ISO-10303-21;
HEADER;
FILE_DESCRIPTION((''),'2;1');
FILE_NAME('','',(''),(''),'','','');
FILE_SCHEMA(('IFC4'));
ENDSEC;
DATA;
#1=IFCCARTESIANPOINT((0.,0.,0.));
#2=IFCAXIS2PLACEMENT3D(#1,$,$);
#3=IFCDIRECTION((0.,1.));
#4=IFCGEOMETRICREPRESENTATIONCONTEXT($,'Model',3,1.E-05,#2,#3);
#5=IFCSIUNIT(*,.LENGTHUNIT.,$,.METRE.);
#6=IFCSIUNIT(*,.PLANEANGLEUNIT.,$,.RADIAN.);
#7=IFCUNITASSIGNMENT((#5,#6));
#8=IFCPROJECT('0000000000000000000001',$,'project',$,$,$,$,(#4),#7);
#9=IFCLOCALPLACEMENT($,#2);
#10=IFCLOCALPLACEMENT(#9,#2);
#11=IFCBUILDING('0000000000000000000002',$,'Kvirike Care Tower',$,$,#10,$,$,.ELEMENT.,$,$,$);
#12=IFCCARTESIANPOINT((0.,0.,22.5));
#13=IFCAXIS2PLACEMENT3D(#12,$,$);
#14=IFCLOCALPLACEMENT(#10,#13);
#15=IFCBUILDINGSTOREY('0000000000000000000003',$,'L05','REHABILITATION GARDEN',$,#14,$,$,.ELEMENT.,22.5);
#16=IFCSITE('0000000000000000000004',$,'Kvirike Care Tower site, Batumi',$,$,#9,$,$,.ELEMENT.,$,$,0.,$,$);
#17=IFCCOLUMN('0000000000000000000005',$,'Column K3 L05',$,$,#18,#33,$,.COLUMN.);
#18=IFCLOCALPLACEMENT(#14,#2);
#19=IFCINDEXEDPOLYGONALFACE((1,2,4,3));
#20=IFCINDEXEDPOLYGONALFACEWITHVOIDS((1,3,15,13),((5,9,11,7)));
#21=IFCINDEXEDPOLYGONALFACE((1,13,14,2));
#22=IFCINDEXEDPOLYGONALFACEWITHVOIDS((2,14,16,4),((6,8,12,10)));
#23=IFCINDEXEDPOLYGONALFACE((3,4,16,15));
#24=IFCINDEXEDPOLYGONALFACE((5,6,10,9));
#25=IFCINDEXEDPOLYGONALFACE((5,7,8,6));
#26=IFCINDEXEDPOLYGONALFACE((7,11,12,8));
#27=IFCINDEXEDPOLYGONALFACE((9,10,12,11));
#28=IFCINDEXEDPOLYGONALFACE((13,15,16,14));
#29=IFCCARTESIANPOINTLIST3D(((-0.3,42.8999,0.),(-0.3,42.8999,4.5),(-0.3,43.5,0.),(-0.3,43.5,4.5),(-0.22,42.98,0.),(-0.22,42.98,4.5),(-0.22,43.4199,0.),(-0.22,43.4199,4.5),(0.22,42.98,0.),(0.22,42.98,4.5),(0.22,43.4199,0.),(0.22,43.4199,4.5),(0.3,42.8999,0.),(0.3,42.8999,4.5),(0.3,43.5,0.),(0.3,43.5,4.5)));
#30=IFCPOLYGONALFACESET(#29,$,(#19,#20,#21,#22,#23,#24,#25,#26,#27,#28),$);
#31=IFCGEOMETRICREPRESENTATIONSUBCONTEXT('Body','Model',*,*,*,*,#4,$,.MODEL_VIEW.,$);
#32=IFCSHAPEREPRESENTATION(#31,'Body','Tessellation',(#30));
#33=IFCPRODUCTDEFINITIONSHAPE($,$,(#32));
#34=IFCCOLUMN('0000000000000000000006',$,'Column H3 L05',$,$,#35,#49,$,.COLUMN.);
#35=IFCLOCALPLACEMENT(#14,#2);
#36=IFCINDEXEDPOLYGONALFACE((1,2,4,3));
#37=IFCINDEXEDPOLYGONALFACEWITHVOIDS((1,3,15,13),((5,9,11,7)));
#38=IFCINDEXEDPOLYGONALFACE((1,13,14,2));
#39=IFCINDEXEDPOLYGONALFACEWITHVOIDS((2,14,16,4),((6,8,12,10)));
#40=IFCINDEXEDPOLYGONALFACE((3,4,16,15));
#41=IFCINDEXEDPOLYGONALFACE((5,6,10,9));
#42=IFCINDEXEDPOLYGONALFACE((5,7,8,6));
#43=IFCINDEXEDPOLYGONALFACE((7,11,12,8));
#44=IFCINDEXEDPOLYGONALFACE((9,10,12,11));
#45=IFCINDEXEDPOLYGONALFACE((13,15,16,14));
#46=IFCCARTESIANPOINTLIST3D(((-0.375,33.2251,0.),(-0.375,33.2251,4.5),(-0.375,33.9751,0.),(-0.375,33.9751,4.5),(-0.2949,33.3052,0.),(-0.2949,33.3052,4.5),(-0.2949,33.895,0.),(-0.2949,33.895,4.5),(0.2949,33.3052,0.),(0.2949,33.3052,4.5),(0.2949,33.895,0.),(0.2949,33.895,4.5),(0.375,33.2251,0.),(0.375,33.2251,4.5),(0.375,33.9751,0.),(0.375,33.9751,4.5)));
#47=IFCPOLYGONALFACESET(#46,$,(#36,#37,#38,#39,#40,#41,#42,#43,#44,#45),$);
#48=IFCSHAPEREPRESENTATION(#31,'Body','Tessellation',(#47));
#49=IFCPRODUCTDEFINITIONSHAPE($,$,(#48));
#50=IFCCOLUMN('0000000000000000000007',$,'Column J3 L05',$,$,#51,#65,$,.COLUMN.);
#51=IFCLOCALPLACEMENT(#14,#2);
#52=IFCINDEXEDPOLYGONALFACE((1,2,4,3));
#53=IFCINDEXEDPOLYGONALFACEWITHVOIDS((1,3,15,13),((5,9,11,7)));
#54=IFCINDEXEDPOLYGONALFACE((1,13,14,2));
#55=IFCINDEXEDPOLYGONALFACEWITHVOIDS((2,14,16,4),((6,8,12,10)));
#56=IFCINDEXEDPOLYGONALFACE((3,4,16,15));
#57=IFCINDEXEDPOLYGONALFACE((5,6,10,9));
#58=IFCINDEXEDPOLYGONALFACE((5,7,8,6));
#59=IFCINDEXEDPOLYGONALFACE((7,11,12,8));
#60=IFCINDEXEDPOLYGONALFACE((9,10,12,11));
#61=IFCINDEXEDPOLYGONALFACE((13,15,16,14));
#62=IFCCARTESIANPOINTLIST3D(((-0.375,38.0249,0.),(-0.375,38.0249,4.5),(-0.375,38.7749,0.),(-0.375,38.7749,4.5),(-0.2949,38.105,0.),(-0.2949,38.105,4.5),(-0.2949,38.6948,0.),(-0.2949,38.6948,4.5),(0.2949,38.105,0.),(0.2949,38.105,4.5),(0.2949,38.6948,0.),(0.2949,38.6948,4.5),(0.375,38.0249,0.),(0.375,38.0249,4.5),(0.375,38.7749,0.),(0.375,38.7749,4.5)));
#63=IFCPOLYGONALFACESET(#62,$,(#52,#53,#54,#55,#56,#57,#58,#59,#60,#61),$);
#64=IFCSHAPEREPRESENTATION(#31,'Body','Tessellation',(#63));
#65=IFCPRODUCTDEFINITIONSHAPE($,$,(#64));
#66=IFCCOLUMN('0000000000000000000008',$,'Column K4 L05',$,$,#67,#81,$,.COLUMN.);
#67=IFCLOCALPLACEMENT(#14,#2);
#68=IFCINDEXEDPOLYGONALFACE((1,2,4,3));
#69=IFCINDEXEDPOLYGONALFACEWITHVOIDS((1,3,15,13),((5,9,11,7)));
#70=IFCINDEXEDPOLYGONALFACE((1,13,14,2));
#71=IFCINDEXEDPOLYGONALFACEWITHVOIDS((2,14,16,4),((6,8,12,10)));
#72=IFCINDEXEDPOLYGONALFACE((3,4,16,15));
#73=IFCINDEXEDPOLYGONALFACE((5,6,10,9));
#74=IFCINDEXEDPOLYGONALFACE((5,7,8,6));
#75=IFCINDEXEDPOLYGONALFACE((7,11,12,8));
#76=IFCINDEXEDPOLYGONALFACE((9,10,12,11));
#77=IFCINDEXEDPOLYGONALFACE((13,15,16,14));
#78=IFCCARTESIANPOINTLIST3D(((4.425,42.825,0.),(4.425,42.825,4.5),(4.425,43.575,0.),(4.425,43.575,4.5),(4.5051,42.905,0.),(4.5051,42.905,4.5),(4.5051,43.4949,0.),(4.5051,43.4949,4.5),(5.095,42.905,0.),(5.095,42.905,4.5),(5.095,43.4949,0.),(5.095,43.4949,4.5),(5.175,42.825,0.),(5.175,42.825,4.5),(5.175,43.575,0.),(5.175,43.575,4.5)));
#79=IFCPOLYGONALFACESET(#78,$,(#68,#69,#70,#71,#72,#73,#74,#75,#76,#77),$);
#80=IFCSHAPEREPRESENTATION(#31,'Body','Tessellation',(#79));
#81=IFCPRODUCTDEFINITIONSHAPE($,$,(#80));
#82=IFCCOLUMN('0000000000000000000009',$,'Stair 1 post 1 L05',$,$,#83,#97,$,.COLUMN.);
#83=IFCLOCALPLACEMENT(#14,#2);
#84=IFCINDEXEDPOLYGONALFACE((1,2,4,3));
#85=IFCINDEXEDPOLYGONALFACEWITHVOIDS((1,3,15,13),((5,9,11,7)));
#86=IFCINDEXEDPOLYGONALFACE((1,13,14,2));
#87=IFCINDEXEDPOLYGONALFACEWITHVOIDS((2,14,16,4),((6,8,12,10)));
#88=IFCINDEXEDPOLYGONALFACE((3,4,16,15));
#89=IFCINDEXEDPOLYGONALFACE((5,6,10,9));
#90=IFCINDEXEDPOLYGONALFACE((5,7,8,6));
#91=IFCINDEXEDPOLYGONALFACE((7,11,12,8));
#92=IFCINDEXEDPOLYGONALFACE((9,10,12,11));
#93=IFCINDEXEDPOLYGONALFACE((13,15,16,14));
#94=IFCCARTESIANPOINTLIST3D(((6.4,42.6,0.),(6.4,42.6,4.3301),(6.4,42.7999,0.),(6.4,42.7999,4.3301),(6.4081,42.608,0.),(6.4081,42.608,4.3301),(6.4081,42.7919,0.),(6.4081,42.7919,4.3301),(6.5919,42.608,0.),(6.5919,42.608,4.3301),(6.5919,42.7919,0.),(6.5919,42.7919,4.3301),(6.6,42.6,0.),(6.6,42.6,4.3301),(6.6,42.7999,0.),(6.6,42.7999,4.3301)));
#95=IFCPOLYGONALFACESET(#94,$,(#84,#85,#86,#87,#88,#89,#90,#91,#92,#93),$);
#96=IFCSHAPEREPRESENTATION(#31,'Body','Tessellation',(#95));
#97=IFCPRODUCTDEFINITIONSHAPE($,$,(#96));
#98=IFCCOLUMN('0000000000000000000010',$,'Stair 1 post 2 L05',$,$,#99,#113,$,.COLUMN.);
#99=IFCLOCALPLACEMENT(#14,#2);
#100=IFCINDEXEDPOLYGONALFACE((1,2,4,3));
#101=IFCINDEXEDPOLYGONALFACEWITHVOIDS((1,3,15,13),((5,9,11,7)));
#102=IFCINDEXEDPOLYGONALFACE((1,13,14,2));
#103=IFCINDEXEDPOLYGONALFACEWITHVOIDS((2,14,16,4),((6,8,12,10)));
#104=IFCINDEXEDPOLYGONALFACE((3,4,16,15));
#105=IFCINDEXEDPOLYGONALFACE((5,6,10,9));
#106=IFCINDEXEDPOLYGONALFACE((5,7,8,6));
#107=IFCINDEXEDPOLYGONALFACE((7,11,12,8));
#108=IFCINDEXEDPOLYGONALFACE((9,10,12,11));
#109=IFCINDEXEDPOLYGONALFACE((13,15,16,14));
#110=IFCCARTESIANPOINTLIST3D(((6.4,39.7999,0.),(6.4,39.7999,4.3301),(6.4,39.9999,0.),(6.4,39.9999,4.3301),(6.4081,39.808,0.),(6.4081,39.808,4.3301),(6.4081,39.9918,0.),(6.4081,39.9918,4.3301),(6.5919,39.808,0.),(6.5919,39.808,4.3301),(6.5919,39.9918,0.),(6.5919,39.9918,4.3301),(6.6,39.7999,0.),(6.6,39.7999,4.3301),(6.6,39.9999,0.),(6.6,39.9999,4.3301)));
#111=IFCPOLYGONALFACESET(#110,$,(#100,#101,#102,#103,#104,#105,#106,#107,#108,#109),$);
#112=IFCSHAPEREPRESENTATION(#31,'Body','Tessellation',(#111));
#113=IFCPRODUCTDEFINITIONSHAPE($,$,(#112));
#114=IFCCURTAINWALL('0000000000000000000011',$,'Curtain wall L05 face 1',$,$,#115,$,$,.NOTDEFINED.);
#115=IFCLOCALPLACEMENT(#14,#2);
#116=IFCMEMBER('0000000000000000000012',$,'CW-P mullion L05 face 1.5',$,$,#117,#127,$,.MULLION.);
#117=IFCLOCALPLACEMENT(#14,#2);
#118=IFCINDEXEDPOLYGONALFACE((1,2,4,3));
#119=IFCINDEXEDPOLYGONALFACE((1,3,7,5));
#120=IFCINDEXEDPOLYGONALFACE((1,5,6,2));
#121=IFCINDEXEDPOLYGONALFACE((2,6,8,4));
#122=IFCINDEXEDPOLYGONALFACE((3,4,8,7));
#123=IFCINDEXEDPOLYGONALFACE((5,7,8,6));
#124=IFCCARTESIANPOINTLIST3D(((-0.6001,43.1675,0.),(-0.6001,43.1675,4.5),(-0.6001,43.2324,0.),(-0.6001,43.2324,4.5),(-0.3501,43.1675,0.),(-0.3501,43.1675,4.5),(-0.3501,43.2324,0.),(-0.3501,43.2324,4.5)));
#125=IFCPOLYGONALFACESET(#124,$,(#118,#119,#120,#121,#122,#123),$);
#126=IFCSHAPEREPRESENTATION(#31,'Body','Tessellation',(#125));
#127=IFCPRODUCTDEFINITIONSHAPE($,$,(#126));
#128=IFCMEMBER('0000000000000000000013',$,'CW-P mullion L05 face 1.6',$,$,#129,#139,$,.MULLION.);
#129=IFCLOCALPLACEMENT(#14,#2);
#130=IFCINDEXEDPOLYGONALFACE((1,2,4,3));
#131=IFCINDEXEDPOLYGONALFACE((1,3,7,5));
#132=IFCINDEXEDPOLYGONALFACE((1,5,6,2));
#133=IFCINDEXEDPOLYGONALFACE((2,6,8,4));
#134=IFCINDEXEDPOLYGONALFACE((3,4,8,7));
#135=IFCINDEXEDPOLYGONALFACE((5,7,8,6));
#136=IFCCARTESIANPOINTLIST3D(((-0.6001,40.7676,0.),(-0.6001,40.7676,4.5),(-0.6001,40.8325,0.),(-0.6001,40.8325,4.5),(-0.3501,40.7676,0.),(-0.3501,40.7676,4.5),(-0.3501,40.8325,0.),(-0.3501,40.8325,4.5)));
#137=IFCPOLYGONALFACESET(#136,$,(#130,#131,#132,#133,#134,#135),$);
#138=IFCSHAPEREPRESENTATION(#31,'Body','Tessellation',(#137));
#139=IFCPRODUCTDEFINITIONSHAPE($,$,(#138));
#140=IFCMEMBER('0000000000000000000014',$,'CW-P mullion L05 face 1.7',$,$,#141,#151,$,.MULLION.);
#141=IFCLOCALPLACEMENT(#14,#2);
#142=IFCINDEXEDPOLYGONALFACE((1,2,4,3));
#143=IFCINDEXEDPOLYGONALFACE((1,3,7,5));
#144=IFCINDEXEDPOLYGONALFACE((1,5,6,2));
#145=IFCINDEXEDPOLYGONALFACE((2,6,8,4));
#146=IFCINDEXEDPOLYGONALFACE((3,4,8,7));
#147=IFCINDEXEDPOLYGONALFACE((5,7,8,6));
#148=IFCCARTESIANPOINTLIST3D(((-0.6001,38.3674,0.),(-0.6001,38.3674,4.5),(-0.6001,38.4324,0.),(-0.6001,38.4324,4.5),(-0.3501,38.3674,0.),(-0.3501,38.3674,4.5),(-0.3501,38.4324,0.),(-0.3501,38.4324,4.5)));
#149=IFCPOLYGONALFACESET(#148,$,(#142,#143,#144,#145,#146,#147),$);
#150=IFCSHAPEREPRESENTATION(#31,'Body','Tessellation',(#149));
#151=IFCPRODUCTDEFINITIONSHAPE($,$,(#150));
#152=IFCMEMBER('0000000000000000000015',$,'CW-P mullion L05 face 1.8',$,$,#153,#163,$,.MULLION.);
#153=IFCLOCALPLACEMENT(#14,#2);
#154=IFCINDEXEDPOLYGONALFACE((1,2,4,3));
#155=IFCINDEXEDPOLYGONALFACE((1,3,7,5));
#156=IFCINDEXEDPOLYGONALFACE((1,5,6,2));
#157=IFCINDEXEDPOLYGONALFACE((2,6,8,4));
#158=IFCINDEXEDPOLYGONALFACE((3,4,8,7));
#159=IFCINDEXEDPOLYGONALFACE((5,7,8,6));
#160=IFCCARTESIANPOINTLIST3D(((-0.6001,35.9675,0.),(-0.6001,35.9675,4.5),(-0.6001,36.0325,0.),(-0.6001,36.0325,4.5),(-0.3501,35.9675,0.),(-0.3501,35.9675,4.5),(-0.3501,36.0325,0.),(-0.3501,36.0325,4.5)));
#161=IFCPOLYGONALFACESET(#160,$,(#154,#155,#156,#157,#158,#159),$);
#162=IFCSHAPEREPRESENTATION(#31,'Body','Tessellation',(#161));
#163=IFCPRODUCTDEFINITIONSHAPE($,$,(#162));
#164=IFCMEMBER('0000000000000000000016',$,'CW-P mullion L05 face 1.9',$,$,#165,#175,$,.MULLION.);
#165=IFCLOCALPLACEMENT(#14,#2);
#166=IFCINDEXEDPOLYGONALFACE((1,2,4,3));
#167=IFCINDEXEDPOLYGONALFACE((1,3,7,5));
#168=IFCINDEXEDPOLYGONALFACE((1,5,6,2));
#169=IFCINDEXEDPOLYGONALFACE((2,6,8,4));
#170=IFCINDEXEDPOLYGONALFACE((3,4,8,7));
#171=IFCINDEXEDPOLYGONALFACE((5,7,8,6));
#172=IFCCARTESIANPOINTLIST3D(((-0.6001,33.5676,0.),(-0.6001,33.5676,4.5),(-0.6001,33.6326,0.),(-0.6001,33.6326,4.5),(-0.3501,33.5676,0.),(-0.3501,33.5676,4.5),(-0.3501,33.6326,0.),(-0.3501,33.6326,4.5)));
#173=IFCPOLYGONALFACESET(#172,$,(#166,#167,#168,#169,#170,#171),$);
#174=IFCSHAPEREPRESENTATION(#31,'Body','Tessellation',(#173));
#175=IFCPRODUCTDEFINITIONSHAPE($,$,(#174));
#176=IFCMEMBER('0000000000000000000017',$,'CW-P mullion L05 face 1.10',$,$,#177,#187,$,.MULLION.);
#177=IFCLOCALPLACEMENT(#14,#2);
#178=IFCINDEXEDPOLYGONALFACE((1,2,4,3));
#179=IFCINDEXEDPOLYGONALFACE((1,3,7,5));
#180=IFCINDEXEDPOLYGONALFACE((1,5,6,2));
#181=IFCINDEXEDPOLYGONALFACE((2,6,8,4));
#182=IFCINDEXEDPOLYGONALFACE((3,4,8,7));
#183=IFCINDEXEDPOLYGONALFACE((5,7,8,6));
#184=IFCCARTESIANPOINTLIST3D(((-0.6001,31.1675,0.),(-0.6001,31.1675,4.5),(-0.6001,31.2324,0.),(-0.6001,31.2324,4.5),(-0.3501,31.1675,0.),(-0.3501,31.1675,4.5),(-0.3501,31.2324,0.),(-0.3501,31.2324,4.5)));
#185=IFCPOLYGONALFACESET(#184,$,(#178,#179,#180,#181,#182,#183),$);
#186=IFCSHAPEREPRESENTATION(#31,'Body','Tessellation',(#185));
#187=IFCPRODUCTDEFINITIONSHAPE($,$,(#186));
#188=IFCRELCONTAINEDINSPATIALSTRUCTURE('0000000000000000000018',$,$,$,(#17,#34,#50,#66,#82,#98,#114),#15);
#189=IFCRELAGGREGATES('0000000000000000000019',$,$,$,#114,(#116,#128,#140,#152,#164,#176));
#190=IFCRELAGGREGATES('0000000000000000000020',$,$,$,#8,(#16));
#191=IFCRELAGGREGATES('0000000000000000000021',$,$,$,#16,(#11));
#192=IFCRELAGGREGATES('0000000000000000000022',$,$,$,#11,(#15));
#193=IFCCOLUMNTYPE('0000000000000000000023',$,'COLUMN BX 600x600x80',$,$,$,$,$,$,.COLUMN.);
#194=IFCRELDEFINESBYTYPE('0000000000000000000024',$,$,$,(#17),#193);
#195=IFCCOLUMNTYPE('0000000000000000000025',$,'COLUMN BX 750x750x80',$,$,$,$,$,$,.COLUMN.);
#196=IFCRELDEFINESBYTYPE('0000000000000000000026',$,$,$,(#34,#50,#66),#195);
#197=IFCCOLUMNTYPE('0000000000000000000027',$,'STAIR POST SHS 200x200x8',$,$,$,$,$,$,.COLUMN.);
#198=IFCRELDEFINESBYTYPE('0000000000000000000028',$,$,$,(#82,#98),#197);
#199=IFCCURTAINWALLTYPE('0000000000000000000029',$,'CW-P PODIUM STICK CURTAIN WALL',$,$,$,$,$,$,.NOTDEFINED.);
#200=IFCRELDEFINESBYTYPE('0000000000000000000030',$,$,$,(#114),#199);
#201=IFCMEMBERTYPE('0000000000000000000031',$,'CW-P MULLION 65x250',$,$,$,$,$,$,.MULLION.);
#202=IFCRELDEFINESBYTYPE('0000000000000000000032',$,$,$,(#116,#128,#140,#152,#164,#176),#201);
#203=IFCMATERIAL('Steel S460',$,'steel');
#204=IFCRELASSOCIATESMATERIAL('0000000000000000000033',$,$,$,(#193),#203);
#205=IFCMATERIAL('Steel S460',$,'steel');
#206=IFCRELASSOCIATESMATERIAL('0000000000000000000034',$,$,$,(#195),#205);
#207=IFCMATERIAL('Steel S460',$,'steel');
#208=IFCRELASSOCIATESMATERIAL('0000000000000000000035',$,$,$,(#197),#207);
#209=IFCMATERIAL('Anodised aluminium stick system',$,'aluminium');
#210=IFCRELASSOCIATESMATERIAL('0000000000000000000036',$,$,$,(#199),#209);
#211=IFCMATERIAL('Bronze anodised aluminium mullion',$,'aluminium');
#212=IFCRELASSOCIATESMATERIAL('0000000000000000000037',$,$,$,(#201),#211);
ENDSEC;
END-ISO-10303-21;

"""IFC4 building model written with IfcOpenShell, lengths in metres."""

from ifc_helpers import new_model, si_unit, direction, frame, origin, origin_2d, place, context, subcontext, project, spatial, rectangle, hollow_rectangle, extrude, material, material_profile, profile_set, type_object, element, aggregate, save


model = new_model("IFC4")

# Units and contexts
model_context = context("Model", 3, precision=1e-05, world=origin(), true_north=direction((0.0, 1.0)))
body_context = subcontext(model_context, "Body", "Model", "MODEL_VIEW")
ifc_project = project(units=[si_unit("LENGTHUNIT", "METRE"), si_unit("PLANEANGLEUNIT", "RADIAN")], contexts=[model_context])

# Site, building, storey
site_placement = place(None, origin())
site = spatial("IfcSite", under=ifc_project, at=site_placement, Name="Kvirike Care Tower site, Batumi", CompositionType="ELEMENT", RefElevation=0.0)
building_placement = place(site_placement, origin())
building = spatial("IfcBuilding", under=site, at=building_placement, Name="Kvirike Care Tower", CompositionType="ELEMENT")
storey_placement = place(building_placement, frame((0.0, 0.0, 22.5)))
storey = spatial("IfcBuildingStorey", under=building, at=storey_placement, Name="L05", Description="REHABILITATION GARDEN", CompositionType="ELEMENT", Elevation=22.5)

# Columns
ifc_material_1 = material(Name="Steel S460", Category="steel")
ifc_material_profile_1 = material_profile(ifc_material_1, hollow_rectangle(XDim=0.6001, YDim=0.6001, WallThickness=0.0801, at=origin_2d()), Name="BX 600x600x80")
ifc_profile_set_1 = profile_set([ifc_material_profile_1], Name="Steel S460")
column_type_1 = type_object("IfcColumnType", Name="COLUMN BX 600x600x80", PredefinedType="COLUMN", material=ifc_profile_set_1)
column_placement = place(storey_placement, frame((0.0, 43.2, 0.0), z_axis=(0.0, 0.0, 1.0), x_axis=(0.0, 1.0, 0.0)))
element("IfcColumn", 1, at=column_placement, inside=storey, type_object=column_type_1, Name="Column K3 L05", PredefinedType="COLUMN", context=body_context, shape_type="SweptSolid", body=[
    extrude(hollow_rectangle(XDim=0.6001, YDim=0.6001, WallThickness=0.0801, at=origin_2d()), origin(), (0.0, 0.0, 1.0), 4.5),
])
ifc_material_2 = material(Name="Steel S460", Category="steel")
ifc_material_profile_2 = material_profile(ifc_material_2, hollow_rectangle(XDim=0.75, YDim=0.75, WallThickness=0.0801, at=origin_2d()), Name="BX 750x750x80")
ifc_profile_set_2 = profile_set([ifc_material_profile_2], Name="Steel S460")
column_type_2 = type_object("IfcColumnType", Name="COLUMN BX 750x750x80", PredefinedType="COLUMN", material=ifc_profile_set_2)
for number, where, z_axis, x_axis, name in (
    (2, (0.0, 33.6001, 0.0), (0.0, 0.0, 1.0), (1.0, 0.0, 0.0), "Column H3 L05"),
    (3, (0.0, 38.3999, 0.0), (0.0, 0.0, 1.0), (1.0, 0.0, 0.0), "Column J3 L05"),
    (4, (4.8, 43.2, 0.0), (0.0, 0.0, 1.0), (0.0, 1.0, 0.0), "Column K4 L05"),
):
    element("IfcColumn", number, at=place(storey_placement, frame(where, z_axis=z_axis, x_axis=x_axis)), inside=storey, type_object=column_type_2, Name=name, PredefinedType="COLUMN", context=body_context, shape_type="SweptSolid", body=[
        extrude(hollow_rectangle(XDim=0.75, YDim=0.75, WallThickness=0.0801, at=origin_2d()), origin(), (0.0, 0.0, 1.0), 4.5),
    ])
ifc_material_3 = material(Name="Steel S460", Category="steel")
ifc_material_profile_3 = material_profile(ifc_material_3, hollow_rectangle(XDim=0.2, YDim=0.2, WallThickness=0.0081, at=origin_2d()), Name="SHS 200x200x8")
ifc_profile_set_3 = profile_set([ifc_material_profile_3], Name="Steel S460")
column_type_3 = type_object("IfcColumnType", Name="STAIR POST SHS 200x200x8", PredefinedType="COLUMN", material=ifc_profile_set_3)
for number, where, z_axis, x_axis, name in (
    (5, (6.5, 42.7, 0.0), (0.0, 0.0, 1.0), (1.0, 0.0, 0.0), "Stair 1 post 1 L05"),
    (6, (6.5, 39.8999, 0.0), (0.0, 0.0, 1.0), (1.0, 0.0, 0.0), "Stair 1 post 2 L05"),
):
    element("IfcColumn", number, at=place(storey_placement, frame(where, z_axis=z_axis, x_axis=x_axis)), inside=storey, type_object=column_type_3, Name=name, PredefinedType="COLUMN", context=body_context, shape_type="SweptSolid", body=[
        extrude(hollow_rectangle(XDim=0.2, YDim=0.2, WallThickness=0.0081, at=origin_2d()), origin(), (0.0, 0.0, 1.0), 4.3301),
    ])

# Curtain wall, members
ifc_material_4 = material(Name="Anodised aluminium stick system", Category="aluminium")
curtain_wall_type = type_object("IfcCurtainWallType", Name="CW-P PODIUM STICK CURTAIN WALL", PredefinedType="NOTDEFINED", material=ifc_material_4)
curtain_wall_placement = place(storey_placement, origin())
curtain_wall = element("IfcCurtainWall", 7, at=curtain_wall_placement, inside=storey, type_object=curtain_wall_type, Name="Curtain wall L05 face 1", PredefinedType="NOTDEFINED")
ifc_material_5 = material(Name="Bronze anodised aluminium mullion", Category="aluminium")
ifc_material_profile_4 = material_profile(ifc_material_5, rectangle(XDim=0.0649, YDim=0.25, at=origin_2d()), Name="CW-P MULLION 65x250")
ifc_profile_set_4 = profile_set([ifc_material_profile_4], Name="Bronze anodised aluminium mullion")
member_type_1 = type_object("IfcMemberType", Name="CW-P MULLION 65x250", PredefinedType="MULLION", material=ifc_profile_set_4)
member_1_placement = place(storey_placement, frame((-0.4751, 43.2, 0.0), z_axis=(0.0, 0.0, 1.0), x_axis=(0.0, -1.0, 0.0)))
member_1 = element("IfcMember", 8, at=member_1_placement, type_object=member_type_1, Name="CW-P mullion L05 face 1.5", PredefinedType="MULLION", context=body_context, shape_type="SweptSolid", body=[
    extrude(rectangle(XDim=0.0649, YDim=0.25, at=origin_2d()), origin(), (0.0, 0.0, 1.0), 4.5),
])
member_2_placement = place(storey_placement, frame((-0.4751, 40.8, 0.0), z_axis=(0.0, 0.0, 1.0), x_axis=(0.0, -1.0, 0.0)))
member_2 = element("IfcMember", 9, at=member_2_placement, type_object=member_type_1, Name="CW-P mullion L05 face 1.6", PredefinedType="MULLION", context=body_context, shape_type="SweptSolid", body=[
    extrude(rectangle(XDim=0.0649, YDim=0.25, at=origin_2d()), origin(), (0.0, 0.0, 1.0), 4.5),
])
member_3_placement = place(storey_placement, frame((-0.4751, 38.3999, 0.0), z_axis=(0.0, 0.0, 1.0), x_axis=(0.0, -1.0, 0.0)))
member_3 = element("IfcMember", 10, at=member_3_placement, type_object=member_type_1, Name="CW-P mullion L05 face 1.7", PredefinedType="MULLION", context=body_context, shape_type="SweptSolid", body=[
    extrude(rectangle(XDim=0.0649, YDim=0.25, at=origin_2d()), origin(), (0.0, 0.0, 1.0), 4.5),
])
member_4_placement = place(storey_placement, frame((-0.4751, 36.0, 0.0), z_axis=(0.0, 0.0, 1.0), x_axis=(0.0, -1.0, 0.0)))
member_4 = element("IfcMember", 11, at=member_4_placement, type_object=member_type_1, Name="CW-P mullion L05 face 1.8", PredefinedType="MULLION", context=body_context, shape_type="SweptSolid", body=[
    extrude(rectangle(XDim=0.0649, YDim=0.25, at=origin_2d()), origin(), (0.0, 0.0, 1.0), 4.5),
])
member_5_placement = place(storey_placement, frame((-0.4751, 33.6001, 0.0), z_axis=(0.0, 0.0, 1.0), x_axis=(0.0, -1.0, 0.0)))
member_5 = element("IfcMember", 12, at=member_5_placement, type_object=member_type_1, Name="CW-P mullion L05 face 1.9", PredefinedType="MULLION", context=body_context, shape_type="SweptSolid", body=[
    extrude(rectangle(XDim=0.0649, YDim=0.25, at=origin_2d()), origin(), (0.0, 0.0, 1.0), 4.5),
])
member_6_placement = place(storey_placement, frame((-0.4751, 31.2, 0.0), z_axis=(0.0, 0.0, 1.0), x_axis=(0.0, -1.0, 0.0)))
member_6 = element("IfcMember", 13, at=member_6_placement, type_object=member_type_1, Name="CW-P mullion L05 face 1.10", PredefinedType="MULLION", context=body_context, shape_type="SweptSolid", body=[
    extrude(rectangle(XDim=0.0649, YDim=0.25, at=origin_2d()), origin(), (0.0, 0.0, 1.0), 4.5),
])

aggregate(curtain_wall, [member_1, member_2, member_3, member_4, member_5, member_6])

save(model, "model.ifc")
